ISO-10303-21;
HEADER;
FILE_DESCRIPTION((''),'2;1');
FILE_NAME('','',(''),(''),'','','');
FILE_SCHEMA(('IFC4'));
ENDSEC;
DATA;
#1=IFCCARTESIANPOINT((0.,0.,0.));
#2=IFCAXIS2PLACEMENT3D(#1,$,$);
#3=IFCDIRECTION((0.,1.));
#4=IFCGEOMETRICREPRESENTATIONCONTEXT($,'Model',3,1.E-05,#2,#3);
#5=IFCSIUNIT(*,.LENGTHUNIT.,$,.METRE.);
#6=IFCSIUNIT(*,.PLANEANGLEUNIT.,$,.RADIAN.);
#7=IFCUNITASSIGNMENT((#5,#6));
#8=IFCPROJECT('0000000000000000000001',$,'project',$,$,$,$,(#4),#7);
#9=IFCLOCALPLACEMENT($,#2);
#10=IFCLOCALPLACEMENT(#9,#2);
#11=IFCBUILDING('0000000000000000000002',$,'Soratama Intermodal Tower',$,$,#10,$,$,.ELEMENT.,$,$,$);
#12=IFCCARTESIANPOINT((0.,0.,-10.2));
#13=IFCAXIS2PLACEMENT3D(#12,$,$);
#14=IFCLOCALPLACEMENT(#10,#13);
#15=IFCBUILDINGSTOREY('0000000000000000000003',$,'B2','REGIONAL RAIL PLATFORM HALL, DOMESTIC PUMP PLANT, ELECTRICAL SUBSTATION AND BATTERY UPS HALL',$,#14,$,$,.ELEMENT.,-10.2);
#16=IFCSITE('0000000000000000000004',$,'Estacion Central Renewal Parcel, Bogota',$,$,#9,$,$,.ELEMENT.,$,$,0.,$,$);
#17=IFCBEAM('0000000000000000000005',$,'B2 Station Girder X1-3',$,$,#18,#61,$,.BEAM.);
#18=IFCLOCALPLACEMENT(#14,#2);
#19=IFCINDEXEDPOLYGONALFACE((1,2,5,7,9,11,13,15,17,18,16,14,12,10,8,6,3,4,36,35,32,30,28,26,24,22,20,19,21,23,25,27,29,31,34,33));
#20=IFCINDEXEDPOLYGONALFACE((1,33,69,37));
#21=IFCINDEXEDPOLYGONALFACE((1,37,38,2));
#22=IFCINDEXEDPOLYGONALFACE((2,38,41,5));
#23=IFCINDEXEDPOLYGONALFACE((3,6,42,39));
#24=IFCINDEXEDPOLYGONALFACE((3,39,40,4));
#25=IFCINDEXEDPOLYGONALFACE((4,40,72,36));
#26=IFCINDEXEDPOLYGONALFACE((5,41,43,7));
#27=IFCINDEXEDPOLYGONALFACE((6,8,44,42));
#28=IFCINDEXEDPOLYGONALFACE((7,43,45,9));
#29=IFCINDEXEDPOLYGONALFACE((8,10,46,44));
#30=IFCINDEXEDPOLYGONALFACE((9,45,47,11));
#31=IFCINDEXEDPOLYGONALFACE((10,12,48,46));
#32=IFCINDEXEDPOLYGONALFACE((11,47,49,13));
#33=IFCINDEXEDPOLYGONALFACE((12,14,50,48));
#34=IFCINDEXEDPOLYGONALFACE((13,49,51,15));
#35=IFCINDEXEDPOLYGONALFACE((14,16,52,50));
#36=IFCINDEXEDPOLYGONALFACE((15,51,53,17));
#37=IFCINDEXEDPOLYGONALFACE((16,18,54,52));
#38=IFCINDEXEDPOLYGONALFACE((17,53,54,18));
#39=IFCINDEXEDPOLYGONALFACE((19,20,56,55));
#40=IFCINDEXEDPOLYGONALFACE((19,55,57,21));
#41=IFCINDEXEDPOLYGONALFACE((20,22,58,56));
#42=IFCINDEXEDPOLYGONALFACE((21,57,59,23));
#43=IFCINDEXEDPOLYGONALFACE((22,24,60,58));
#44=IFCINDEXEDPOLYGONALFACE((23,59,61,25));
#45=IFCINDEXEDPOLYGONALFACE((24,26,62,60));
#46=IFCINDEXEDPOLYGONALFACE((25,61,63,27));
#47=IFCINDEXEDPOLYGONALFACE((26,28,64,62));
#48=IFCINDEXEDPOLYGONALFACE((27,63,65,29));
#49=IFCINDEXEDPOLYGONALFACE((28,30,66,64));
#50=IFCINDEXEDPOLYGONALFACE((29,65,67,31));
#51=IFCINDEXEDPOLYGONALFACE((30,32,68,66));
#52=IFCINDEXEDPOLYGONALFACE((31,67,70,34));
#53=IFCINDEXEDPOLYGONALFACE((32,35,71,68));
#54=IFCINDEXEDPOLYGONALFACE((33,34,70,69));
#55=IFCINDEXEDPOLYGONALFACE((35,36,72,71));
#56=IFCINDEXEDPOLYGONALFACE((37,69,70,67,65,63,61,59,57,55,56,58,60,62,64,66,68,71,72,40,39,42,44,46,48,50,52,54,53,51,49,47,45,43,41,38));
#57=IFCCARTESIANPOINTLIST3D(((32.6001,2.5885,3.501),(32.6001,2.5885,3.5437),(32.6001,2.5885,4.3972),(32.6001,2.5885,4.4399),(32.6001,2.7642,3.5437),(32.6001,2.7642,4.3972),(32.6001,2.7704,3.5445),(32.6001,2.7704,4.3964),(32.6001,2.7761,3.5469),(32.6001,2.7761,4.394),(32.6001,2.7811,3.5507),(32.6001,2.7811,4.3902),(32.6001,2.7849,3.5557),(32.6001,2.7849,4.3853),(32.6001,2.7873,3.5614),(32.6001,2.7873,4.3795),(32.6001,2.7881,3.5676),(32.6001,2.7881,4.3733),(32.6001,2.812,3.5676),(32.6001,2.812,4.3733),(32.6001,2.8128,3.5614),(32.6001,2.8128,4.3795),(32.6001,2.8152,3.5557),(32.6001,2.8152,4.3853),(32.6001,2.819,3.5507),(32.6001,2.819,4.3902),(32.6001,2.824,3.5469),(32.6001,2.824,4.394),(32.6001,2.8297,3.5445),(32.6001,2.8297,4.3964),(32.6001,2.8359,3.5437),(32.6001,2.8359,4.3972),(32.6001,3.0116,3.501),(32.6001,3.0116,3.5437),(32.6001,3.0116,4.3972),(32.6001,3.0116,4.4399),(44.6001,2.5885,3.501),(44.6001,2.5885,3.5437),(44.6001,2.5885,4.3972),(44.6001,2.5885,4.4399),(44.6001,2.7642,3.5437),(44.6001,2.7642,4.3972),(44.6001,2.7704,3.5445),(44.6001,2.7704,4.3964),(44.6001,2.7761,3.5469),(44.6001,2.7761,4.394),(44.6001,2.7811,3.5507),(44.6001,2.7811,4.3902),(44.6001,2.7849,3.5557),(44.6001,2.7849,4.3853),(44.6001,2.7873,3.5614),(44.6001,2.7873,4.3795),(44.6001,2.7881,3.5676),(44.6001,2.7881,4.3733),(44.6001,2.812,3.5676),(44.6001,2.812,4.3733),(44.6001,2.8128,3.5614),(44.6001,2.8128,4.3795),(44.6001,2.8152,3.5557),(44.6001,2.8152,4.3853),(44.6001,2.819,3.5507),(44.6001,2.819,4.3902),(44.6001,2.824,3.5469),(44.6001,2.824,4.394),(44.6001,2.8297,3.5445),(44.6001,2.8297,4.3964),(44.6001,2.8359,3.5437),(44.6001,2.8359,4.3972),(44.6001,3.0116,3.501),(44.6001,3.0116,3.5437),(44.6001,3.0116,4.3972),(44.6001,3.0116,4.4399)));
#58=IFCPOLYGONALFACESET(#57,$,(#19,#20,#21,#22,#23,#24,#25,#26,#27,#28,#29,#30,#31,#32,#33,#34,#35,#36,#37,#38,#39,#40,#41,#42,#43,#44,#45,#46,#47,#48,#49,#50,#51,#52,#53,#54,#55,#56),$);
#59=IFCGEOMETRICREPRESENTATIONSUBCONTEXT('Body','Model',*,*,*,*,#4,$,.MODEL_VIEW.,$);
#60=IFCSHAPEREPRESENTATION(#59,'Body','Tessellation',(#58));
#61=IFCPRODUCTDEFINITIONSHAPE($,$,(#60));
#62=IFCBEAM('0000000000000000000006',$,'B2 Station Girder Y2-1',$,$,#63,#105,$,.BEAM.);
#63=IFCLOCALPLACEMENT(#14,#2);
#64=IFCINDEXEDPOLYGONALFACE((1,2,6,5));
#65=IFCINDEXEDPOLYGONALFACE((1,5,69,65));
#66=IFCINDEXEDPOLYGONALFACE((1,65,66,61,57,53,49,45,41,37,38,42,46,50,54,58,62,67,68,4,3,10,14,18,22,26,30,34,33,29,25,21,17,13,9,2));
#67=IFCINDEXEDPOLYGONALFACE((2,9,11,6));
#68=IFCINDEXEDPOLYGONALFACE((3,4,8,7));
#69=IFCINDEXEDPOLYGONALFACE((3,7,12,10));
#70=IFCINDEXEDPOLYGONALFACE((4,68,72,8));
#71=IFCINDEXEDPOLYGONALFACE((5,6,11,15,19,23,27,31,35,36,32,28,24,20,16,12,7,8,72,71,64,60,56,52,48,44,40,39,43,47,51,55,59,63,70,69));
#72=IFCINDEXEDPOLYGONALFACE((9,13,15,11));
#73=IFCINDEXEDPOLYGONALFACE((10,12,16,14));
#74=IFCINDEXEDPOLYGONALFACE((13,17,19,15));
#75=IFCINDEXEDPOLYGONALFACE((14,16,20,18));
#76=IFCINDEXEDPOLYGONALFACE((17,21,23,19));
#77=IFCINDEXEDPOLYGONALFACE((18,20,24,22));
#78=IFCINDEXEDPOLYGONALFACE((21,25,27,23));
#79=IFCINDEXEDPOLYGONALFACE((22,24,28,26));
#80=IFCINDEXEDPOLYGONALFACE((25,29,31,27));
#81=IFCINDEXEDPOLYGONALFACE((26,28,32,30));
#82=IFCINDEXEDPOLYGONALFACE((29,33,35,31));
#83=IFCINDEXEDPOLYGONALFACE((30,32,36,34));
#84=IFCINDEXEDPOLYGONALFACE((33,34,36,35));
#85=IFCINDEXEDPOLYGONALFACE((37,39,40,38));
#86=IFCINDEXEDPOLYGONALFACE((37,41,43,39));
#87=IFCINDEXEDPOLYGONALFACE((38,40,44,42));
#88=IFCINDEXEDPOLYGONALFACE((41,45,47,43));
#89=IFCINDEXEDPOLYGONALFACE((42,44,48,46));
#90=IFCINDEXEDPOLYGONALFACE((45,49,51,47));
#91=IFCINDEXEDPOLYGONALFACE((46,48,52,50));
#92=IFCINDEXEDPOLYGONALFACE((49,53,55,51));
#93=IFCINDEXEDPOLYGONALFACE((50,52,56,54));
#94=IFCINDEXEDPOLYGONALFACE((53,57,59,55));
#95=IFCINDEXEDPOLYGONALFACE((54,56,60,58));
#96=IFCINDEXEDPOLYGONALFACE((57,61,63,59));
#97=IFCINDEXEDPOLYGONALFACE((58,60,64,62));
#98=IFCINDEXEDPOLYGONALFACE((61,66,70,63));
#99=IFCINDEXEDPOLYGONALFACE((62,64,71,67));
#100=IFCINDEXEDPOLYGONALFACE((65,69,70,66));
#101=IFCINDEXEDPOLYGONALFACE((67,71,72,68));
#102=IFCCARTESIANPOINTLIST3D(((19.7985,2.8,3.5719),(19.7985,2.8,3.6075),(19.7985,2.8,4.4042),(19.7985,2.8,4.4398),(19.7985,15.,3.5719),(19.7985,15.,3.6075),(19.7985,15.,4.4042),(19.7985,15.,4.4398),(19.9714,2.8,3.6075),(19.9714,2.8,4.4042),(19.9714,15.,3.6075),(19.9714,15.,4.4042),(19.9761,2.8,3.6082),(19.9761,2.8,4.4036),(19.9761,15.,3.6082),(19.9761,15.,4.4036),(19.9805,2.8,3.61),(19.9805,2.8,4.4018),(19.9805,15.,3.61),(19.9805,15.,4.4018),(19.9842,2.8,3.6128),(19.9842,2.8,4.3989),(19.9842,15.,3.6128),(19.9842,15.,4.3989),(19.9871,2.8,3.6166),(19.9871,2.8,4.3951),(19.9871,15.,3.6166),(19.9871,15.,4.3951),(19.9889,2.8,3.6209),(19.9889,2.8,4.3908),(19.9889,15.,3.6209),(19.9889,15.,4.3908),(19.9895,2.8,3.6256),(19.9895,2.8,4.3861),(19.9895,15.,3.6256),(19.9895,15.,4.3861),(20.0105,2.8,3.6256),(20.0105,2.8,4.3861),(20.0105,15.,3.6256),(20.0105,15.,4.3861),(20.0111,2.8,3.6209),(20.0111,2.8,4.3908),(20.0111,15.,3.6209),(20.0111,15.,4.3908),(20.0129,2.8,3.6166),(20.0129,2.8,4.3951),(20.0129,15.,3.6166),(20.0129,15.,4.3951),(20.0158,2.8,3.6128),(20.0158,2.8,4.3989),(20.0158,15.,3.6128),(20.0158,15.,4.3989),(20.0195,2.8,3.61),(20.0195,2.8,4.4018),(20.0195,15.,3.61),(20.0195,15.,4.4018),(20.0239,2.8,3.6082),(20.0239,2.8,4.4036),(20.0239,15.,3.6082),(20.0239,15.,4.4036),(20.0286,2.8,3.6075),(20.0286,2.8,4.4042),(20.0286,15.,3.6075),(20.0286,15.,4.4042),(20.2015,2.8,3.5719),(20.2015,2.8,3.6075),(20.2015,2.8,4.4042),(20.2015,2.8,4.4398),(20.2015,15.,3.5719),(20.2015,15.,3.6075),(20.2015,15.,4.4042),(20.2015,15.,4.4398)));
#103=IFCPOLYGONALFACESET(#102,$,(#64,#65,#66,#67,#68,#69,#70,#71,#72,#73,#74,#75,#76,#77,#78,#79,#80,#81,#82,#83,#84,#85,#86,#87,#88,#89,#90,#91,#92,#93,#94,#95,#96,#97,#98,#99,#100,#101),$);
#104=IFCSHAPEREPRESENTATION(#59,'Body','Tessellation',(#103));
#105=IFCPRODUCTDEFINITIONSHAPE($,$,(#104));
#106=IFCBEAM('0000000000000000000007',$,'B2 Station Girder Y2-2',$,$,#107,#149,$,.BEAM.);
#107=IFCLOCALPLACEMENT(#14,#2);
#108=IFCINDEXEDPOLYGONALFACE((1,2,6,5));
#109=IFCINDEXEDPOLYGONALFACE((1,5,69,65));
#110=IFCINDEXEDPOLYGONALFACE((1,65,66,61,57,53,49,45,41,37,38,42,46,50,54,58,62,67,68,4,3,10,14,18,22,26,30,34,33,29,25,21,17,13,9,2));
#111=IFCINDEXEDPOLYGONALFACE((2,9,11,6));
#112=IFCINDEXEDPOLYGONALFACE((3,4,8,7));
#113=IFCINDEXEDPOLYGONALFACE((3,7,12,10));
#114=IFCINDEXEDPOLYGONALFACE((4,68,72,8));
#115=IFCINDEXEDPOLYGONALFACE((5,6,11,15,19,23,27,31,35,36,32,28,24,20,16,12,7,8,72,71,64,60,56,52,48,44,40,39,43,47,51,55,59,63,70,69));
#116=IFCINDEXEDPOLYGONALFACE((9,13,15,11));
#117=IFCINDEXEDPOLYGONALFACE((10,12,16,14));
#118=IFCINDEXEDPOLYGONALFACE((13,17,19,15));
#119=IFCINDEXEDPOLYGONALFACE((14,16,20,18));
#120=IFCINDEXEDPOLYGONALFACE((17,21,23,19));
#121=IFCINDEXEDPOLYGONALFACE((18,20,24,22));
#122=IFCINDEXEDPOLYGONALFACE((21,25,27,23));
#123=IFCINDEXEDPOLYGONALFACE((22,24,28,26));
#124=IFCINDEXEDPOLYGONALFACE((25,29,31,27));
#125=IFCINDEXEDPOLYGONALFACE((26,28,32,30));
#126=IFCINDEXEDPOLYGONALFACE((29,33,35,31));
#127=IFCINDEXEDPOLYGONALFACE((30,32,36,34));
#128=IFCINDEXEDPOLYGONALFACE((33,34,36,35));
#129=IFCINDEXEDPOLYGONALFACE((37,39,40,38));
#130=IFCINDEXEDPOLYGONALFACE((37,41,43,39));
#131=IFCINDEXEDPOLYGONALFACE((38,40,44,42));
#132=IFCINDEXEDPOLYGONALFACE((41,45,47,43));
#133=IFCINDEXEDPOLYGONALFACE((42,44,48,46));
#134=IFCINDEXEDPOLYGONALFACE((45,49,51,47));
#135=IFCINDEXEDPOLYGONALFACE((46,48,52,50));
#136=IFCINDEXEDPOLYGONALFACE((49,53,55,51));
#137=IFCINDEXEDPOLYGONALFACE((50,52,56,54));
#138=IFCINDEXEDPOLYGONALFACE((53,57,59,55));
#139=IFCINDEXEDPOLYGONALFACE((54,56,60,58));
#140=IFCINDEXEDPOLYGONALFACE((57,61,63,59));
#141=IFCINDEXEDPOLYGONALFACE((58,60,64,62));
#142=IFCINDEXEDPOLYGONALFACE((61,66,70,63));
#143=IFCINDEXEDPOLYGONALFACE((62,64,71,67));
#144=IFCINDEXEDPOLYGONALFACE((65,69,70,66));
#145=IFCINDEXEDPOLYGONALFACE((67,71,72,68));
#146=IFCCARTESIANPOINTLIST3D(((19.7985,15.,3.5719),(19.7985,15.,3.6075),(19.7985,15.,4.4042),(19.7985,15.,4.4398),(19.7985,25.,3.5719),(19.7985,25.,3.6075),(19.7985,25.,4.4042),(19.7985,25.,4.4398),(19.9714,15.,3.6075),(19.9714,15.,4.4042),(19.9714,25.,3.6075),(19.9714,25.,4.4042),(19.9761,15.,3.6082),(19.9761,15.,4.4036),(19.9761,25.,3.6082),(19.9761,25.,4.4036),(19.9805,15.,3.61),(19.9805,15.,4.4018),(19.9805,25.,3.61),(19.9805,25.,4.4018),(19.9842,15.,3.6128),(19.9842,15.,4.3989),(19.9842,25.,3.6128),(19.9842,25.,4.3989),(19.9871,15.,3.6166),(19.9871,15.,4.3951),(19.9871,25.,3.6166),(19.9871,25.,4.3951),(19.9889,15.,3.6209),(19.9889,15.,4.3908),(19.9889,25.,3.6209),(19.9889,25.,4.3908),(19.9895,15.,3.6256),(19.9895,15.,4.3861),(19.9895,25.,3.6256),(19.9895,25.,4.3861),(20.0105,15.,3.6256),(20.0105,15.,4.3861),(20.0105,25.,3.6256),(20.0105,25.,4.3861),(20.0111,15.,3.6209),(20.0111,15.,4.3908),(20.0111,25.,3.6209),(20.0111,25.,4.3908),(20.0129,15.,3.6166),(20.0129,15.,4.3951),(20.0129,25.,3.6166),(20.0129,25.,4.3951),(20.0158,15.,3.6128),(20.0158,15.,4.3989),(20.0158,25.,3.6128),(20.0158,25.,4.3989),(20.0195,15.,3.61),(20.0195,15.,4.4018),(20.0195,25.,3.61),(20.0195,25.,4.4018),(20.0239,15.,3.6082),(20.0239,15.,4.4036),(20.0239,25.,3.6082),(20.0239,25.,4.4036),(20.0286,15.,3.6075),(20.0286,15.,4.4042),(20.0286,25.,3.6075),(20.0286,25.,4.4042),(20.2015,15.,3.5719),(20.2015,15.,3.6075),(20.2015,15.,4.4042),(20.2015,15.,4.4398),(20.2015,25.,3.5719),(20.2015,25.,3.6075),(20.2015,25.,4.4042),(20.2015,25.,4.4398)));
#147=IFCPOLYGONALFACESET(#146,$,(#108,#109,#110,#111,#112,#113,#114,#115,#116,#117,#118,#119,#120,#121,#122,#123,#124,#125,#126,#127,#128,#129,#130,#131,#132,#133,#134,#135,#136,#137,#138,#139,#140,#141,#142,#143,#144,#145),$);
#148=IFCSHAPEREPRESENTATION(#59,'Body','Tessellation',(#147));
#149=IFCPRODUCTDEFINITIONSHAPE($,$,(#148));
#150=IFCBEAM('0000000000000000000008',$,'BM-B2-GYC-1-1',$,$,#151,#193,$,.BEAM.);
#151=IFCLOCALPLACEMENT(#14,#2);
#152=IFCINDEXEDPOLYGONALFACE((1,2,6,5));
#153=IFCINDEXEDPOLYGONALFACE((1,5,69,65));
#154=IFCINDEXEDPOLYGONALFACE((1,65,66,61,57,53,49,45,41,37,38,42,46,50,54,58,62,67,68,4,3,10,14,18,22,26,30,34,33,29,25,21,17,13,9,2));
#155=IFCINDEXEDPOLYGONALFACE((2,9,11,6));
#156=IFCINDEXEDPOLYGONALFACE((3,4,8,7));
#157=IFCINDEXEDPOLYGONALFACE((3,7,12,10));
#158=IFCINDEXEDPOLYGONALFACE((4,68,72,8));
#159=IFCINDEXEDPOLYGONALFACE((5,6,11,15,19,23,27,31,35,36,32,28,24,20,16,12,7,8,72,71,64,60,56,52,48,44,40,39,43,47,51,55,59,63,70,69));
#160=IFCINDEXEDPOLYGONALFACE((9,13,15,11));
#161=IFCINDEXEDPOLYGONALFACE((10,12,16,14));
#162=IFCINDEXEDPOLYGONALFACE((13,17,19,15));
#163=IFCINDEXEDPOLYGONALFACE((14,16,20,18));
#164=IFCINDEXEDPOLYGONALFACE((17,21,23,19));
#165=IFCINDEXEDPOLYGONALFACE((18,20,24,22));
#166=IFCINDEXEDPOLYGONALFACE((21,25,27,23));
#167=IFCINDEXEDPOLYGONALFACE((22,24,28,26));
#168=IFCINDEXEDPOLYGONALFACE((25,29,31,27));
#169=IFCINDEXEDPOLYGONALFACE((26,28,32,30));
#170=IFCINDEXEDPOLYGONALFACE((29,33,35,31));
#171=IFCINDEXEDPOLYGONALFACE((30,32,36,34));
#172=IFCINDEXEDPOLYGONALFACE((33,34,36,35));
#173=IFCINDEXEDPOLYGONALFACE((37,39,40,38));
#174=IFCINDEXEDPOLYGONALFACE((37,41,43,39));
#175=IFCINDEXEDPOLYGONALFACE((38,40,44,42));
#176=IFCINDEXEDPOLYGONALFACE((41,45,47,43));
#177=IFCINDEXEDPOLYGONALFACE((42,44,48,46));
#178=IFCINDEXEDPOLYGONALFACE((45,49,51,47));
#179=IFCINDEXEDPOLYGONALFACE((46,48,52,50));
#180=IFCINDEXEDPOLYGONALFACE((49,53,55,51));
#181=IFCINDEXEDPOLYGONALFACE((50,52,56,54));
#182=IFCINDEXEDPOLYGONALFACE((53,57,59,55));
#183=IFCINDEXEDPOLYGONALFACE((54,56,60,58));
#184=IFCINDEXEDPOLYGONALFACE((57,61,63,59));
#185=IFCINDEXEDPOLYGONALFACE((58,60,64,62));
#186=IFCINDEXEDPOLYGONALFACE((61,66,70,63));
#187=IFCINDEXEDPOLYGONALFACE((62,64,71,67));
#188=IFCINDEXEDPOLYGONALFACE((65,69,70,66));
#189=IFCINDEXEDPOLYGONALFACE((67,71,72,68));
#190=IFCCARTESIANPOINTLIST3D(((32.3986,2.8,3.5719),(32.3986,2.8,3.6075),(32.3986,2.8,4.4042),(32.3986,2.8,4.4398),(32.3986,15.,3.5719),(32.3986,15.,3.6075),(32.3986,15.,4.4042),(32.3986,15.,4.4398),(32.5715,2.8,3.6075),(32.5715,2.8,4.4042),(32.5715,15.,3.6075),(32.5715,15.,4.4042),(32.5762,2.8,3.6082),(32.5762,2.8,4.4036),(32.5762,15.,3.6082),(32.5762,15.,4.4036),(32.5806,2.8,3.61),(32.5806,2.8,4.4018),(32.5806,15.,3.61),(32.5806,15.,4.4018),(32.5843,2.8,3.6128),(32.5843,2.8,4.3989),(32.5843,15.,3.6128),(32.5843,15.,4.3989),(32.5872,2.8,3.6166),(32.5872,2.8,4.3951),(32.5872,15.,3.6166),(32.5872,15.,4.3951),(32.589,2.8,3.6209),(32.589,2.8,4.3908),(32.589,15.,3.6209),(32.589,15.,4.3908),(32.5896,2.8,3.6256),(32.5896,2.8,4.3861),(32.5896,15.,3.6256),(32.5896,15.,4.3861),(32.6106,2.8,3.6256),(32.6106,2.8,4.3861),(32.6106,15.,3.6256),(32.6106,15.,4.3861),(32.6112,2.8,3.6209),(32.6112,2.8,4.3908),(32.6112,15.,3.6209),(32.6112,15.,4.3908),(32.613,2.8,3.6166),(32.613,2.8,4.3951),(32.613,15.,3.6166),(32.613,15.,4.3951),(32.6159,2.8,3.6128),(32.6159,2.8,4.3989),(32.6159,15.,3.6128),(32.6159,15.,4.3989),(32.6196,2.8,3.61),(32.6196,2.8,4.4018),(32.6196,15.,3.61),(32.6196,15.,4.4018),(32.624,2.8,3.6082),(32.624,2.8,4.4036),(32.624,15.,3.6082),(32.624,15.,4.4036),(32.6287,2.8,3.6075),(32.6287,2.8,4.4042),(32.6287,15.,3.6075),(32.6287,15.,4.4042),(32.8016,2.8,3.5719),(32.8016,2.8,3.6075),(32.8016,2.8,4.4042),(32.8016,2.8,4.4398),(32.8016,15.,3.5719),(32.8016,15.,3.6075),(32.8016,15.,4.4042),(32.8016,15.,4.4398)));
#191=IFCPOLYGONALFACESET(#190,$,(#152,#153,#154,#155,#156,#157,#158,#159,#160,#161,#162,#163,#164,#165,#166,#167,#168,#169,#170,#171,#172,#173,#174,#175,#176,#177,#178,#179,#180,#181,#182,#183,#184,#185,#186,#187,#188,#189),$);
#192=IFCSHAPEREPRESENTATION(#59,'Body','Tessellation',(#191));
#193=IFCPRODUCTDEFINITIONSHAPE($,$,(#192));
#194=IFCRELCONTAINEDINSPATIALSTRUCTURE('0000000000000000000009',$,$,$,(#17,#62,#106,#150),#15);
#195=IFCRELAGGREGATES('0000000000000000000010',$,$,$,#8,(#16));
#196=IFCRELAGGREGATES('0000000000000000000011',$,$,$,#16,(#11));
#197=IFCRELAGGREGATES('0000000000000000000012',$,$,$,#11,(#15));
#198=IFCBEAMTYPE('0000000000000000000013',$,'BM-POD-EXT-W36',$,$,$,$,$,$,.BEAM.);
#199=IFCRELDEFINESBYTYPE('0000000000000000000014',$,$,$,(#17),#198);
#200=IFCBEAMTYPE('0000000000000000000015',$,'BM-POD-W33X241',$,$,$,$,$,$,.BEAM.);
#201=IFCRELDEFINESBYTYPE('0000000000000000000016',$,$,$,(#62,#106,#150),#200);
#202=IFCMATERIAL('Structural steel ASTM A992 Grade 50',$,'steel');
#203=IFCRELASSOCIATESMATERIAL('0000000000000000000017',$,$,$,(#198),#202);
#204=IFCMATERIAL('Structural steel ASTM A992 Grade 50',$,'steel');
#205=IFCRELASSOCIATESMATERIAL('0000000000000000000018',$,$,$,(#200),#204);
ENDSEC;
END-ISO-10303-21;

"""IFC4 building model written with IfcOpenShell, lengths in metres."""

from ifc_helpers import new_model, si_unit, direction, frame, origin, origin_2d, place, context, subcontext, project, spatial, i_section, extrude, material, material_profile, profile_set, type_object, element, save


model = new_model("IFC4")

# Units and contexts
model_context = context("Model", 3, precision=1e-05, world=origin(), true_north=direction((0.0, 1.0)))
body_context = subcontext(model_context, "Body", "Model", "MODEL_VIEW")
ifc_project = project(units=[si_unit("LENGTHUNIT", "METRE"), si_unit("PLANEANGLEUNIT", "RADIAN")], contexts=[model_context])

# Site, building, storey
site_placement = place(None, origin())
site = spatial("IfcSite", under=ifc_project, at=site_placement, Name="Estacion Central Renewal Parcel, Bogota", CompositionType="ELEMENT", RefElevation=0.0)
building_placement = place(site_placement, origin())
building = spatial("IfcBuilding", under=site, at=building_placement, Name="Soratama Intermodal Tower", CompositionType="ELEMENT")
storey_placement = place(building_placement, frame((0.0, 0.0, -10.2)))
storey = spatial("IfcBuildingStorey", under=building, at=storey_placement, Name="B2", Description="REGIONAL RAIL PLATFORM HALL, DOMESTIC PUMP PLANT, ELECTRICAL SUBSTATION AND BATTERY UPS HALL", CompositionType="ELEMENT", Elevation=-10.2)

# Beams
ifc_material_1 = material(Name="Structural steel ASTM A992 Grade 50", Category="steel")
ifc_material_profile_1 = material_profile(ifc_material_1, i_section(OverallWidth=0.4231, OverallDepth=0.939, WebThickness=0.0239, FlangeThickness=0.0427, FilletRadius=0.0239, at=origin_2d()), Name="W36X302")
ifc_profile_set_1 = profile_set([ifc_material_profile_1], Name="Structural steel ASTM A992 Grade 50")
beam_type_1 = type_object("IfcBeamType", Name="BM-POD-EXT-W36", PredefinedType="BEAM", material=ifc_profile_set_1)
beam_1_placement = place(storey_placement, frame((32.6001, 2.8, 3.9705), z_axis=(1.0, 0.0, 0.0), x_axis=(0.0, 1.0, 0.0)))
element("IfcBeam", 1, at=beam_1_placement, inside=storey, type_object=beam_type_1, Name="B2 Station Girder X1-3", PredefinedType="BEAM", context=body_context, shape_type="SweptSolid", body=[
    extrude(i_section(OverallWidth=0.4231, OverallDepth=0.939, WebThickness=0.0239, FlangeThickness=0.0427, FilletRadius=0.0239, at=origin_2d()), origin(), (0.0, 0.0, 1.0), 12.0),
])
ifc_material_2 = material(Name="Structural steel ASTM A992 Grade 50", Category="steel")
ifc_material_profile_2 = material_profile(ifc_material_2, i_section(OverallWidth=0.4031, OverallDepth=0.8679, WebThickness=0.021, FlangeThickness=0.0356, FilletRadius=0.0181, at=origin_2d()), Name="W33X241")
ifc_profile_set_2 = profile_set([ifc_material_profile_2], Name="Structural steel ASTM A992 Grade 50")
beam_type_2 = type_object("IfcBeamType", Name="BM-POD-W33X241", PredefinedType="BEAM", material=ifc_profile_set_2)
beam_2_placement = place(storey_placement, frame((20.0, 2.8, 4.0059), z_axis=(0.0, 1.0, 0.0), x_axis=(-1.0, 0.0, 0.0)))
element("IfcBeam", 2, at=beam_2_placement, inside=storey, type_object=beam_type_2, Name="B2 Station Girder Y2-1", PredefinedType="BEAM", context=body_context, shape_type="SweptSolid", body=[
    extrude(i_section(OverallWidth=0.4031, OverallDepth=0.8679, WebThickness=0.021, FlangeThickness=0.0356, FilletRadius=0.0181, at=origin_2d()), origin(), (0.0, 0.0, 1.0), 12.2),
])
beam_3_placement = place(storey_placement, frame((20.0, 15.0, 4.0059), z_axis=(0.0, 1.0, 0.0), x_axis=(-1.0, 0.0, 0.0)))
element("IfcBeam", 3, at=beam_3_placement, inside=storey, type_object=beam_type_2, Name="B2 Station Girder Y2-2", PredefinedType="BEAM", context=body_context, shape_type="SweptSolid", body=[
    extrude(i_section(OverallWidth=0.4031, OverallDepth=0.8679, WebThickness=0.021, FlangeThickness=0.0356, FilletRadius=0.0181, at=origin_2d()), origin(), (0.0, 0.0, 1.0), 10.0),
])
beam_4_placement = place(storey_placement, frame((32.6001, 2.8, 4.0059), z_axis=(0.0, 1.0, 0.0), x_axis=(-1.0, 0.0, 0.0)))
element("IfcBeam", 4, at=beam_4_placement, inside=storey, type_object=beam_type_2, Name="BM-B2-GYC-1-1", PredefinedType="BEAM", context=body_context, shape_type="SweptSolid", body=[
    extrude(i_section(OverallWidth=0.4031, OverallDepth=0.8679, WebThickness=0.021, FlangeThickness=0.0356, FilletRadius=0.0181, at=origin_2d()), origin(), (0.0, 0.0, 1.0), 12.2),
])

save(model, "model.ifc")
